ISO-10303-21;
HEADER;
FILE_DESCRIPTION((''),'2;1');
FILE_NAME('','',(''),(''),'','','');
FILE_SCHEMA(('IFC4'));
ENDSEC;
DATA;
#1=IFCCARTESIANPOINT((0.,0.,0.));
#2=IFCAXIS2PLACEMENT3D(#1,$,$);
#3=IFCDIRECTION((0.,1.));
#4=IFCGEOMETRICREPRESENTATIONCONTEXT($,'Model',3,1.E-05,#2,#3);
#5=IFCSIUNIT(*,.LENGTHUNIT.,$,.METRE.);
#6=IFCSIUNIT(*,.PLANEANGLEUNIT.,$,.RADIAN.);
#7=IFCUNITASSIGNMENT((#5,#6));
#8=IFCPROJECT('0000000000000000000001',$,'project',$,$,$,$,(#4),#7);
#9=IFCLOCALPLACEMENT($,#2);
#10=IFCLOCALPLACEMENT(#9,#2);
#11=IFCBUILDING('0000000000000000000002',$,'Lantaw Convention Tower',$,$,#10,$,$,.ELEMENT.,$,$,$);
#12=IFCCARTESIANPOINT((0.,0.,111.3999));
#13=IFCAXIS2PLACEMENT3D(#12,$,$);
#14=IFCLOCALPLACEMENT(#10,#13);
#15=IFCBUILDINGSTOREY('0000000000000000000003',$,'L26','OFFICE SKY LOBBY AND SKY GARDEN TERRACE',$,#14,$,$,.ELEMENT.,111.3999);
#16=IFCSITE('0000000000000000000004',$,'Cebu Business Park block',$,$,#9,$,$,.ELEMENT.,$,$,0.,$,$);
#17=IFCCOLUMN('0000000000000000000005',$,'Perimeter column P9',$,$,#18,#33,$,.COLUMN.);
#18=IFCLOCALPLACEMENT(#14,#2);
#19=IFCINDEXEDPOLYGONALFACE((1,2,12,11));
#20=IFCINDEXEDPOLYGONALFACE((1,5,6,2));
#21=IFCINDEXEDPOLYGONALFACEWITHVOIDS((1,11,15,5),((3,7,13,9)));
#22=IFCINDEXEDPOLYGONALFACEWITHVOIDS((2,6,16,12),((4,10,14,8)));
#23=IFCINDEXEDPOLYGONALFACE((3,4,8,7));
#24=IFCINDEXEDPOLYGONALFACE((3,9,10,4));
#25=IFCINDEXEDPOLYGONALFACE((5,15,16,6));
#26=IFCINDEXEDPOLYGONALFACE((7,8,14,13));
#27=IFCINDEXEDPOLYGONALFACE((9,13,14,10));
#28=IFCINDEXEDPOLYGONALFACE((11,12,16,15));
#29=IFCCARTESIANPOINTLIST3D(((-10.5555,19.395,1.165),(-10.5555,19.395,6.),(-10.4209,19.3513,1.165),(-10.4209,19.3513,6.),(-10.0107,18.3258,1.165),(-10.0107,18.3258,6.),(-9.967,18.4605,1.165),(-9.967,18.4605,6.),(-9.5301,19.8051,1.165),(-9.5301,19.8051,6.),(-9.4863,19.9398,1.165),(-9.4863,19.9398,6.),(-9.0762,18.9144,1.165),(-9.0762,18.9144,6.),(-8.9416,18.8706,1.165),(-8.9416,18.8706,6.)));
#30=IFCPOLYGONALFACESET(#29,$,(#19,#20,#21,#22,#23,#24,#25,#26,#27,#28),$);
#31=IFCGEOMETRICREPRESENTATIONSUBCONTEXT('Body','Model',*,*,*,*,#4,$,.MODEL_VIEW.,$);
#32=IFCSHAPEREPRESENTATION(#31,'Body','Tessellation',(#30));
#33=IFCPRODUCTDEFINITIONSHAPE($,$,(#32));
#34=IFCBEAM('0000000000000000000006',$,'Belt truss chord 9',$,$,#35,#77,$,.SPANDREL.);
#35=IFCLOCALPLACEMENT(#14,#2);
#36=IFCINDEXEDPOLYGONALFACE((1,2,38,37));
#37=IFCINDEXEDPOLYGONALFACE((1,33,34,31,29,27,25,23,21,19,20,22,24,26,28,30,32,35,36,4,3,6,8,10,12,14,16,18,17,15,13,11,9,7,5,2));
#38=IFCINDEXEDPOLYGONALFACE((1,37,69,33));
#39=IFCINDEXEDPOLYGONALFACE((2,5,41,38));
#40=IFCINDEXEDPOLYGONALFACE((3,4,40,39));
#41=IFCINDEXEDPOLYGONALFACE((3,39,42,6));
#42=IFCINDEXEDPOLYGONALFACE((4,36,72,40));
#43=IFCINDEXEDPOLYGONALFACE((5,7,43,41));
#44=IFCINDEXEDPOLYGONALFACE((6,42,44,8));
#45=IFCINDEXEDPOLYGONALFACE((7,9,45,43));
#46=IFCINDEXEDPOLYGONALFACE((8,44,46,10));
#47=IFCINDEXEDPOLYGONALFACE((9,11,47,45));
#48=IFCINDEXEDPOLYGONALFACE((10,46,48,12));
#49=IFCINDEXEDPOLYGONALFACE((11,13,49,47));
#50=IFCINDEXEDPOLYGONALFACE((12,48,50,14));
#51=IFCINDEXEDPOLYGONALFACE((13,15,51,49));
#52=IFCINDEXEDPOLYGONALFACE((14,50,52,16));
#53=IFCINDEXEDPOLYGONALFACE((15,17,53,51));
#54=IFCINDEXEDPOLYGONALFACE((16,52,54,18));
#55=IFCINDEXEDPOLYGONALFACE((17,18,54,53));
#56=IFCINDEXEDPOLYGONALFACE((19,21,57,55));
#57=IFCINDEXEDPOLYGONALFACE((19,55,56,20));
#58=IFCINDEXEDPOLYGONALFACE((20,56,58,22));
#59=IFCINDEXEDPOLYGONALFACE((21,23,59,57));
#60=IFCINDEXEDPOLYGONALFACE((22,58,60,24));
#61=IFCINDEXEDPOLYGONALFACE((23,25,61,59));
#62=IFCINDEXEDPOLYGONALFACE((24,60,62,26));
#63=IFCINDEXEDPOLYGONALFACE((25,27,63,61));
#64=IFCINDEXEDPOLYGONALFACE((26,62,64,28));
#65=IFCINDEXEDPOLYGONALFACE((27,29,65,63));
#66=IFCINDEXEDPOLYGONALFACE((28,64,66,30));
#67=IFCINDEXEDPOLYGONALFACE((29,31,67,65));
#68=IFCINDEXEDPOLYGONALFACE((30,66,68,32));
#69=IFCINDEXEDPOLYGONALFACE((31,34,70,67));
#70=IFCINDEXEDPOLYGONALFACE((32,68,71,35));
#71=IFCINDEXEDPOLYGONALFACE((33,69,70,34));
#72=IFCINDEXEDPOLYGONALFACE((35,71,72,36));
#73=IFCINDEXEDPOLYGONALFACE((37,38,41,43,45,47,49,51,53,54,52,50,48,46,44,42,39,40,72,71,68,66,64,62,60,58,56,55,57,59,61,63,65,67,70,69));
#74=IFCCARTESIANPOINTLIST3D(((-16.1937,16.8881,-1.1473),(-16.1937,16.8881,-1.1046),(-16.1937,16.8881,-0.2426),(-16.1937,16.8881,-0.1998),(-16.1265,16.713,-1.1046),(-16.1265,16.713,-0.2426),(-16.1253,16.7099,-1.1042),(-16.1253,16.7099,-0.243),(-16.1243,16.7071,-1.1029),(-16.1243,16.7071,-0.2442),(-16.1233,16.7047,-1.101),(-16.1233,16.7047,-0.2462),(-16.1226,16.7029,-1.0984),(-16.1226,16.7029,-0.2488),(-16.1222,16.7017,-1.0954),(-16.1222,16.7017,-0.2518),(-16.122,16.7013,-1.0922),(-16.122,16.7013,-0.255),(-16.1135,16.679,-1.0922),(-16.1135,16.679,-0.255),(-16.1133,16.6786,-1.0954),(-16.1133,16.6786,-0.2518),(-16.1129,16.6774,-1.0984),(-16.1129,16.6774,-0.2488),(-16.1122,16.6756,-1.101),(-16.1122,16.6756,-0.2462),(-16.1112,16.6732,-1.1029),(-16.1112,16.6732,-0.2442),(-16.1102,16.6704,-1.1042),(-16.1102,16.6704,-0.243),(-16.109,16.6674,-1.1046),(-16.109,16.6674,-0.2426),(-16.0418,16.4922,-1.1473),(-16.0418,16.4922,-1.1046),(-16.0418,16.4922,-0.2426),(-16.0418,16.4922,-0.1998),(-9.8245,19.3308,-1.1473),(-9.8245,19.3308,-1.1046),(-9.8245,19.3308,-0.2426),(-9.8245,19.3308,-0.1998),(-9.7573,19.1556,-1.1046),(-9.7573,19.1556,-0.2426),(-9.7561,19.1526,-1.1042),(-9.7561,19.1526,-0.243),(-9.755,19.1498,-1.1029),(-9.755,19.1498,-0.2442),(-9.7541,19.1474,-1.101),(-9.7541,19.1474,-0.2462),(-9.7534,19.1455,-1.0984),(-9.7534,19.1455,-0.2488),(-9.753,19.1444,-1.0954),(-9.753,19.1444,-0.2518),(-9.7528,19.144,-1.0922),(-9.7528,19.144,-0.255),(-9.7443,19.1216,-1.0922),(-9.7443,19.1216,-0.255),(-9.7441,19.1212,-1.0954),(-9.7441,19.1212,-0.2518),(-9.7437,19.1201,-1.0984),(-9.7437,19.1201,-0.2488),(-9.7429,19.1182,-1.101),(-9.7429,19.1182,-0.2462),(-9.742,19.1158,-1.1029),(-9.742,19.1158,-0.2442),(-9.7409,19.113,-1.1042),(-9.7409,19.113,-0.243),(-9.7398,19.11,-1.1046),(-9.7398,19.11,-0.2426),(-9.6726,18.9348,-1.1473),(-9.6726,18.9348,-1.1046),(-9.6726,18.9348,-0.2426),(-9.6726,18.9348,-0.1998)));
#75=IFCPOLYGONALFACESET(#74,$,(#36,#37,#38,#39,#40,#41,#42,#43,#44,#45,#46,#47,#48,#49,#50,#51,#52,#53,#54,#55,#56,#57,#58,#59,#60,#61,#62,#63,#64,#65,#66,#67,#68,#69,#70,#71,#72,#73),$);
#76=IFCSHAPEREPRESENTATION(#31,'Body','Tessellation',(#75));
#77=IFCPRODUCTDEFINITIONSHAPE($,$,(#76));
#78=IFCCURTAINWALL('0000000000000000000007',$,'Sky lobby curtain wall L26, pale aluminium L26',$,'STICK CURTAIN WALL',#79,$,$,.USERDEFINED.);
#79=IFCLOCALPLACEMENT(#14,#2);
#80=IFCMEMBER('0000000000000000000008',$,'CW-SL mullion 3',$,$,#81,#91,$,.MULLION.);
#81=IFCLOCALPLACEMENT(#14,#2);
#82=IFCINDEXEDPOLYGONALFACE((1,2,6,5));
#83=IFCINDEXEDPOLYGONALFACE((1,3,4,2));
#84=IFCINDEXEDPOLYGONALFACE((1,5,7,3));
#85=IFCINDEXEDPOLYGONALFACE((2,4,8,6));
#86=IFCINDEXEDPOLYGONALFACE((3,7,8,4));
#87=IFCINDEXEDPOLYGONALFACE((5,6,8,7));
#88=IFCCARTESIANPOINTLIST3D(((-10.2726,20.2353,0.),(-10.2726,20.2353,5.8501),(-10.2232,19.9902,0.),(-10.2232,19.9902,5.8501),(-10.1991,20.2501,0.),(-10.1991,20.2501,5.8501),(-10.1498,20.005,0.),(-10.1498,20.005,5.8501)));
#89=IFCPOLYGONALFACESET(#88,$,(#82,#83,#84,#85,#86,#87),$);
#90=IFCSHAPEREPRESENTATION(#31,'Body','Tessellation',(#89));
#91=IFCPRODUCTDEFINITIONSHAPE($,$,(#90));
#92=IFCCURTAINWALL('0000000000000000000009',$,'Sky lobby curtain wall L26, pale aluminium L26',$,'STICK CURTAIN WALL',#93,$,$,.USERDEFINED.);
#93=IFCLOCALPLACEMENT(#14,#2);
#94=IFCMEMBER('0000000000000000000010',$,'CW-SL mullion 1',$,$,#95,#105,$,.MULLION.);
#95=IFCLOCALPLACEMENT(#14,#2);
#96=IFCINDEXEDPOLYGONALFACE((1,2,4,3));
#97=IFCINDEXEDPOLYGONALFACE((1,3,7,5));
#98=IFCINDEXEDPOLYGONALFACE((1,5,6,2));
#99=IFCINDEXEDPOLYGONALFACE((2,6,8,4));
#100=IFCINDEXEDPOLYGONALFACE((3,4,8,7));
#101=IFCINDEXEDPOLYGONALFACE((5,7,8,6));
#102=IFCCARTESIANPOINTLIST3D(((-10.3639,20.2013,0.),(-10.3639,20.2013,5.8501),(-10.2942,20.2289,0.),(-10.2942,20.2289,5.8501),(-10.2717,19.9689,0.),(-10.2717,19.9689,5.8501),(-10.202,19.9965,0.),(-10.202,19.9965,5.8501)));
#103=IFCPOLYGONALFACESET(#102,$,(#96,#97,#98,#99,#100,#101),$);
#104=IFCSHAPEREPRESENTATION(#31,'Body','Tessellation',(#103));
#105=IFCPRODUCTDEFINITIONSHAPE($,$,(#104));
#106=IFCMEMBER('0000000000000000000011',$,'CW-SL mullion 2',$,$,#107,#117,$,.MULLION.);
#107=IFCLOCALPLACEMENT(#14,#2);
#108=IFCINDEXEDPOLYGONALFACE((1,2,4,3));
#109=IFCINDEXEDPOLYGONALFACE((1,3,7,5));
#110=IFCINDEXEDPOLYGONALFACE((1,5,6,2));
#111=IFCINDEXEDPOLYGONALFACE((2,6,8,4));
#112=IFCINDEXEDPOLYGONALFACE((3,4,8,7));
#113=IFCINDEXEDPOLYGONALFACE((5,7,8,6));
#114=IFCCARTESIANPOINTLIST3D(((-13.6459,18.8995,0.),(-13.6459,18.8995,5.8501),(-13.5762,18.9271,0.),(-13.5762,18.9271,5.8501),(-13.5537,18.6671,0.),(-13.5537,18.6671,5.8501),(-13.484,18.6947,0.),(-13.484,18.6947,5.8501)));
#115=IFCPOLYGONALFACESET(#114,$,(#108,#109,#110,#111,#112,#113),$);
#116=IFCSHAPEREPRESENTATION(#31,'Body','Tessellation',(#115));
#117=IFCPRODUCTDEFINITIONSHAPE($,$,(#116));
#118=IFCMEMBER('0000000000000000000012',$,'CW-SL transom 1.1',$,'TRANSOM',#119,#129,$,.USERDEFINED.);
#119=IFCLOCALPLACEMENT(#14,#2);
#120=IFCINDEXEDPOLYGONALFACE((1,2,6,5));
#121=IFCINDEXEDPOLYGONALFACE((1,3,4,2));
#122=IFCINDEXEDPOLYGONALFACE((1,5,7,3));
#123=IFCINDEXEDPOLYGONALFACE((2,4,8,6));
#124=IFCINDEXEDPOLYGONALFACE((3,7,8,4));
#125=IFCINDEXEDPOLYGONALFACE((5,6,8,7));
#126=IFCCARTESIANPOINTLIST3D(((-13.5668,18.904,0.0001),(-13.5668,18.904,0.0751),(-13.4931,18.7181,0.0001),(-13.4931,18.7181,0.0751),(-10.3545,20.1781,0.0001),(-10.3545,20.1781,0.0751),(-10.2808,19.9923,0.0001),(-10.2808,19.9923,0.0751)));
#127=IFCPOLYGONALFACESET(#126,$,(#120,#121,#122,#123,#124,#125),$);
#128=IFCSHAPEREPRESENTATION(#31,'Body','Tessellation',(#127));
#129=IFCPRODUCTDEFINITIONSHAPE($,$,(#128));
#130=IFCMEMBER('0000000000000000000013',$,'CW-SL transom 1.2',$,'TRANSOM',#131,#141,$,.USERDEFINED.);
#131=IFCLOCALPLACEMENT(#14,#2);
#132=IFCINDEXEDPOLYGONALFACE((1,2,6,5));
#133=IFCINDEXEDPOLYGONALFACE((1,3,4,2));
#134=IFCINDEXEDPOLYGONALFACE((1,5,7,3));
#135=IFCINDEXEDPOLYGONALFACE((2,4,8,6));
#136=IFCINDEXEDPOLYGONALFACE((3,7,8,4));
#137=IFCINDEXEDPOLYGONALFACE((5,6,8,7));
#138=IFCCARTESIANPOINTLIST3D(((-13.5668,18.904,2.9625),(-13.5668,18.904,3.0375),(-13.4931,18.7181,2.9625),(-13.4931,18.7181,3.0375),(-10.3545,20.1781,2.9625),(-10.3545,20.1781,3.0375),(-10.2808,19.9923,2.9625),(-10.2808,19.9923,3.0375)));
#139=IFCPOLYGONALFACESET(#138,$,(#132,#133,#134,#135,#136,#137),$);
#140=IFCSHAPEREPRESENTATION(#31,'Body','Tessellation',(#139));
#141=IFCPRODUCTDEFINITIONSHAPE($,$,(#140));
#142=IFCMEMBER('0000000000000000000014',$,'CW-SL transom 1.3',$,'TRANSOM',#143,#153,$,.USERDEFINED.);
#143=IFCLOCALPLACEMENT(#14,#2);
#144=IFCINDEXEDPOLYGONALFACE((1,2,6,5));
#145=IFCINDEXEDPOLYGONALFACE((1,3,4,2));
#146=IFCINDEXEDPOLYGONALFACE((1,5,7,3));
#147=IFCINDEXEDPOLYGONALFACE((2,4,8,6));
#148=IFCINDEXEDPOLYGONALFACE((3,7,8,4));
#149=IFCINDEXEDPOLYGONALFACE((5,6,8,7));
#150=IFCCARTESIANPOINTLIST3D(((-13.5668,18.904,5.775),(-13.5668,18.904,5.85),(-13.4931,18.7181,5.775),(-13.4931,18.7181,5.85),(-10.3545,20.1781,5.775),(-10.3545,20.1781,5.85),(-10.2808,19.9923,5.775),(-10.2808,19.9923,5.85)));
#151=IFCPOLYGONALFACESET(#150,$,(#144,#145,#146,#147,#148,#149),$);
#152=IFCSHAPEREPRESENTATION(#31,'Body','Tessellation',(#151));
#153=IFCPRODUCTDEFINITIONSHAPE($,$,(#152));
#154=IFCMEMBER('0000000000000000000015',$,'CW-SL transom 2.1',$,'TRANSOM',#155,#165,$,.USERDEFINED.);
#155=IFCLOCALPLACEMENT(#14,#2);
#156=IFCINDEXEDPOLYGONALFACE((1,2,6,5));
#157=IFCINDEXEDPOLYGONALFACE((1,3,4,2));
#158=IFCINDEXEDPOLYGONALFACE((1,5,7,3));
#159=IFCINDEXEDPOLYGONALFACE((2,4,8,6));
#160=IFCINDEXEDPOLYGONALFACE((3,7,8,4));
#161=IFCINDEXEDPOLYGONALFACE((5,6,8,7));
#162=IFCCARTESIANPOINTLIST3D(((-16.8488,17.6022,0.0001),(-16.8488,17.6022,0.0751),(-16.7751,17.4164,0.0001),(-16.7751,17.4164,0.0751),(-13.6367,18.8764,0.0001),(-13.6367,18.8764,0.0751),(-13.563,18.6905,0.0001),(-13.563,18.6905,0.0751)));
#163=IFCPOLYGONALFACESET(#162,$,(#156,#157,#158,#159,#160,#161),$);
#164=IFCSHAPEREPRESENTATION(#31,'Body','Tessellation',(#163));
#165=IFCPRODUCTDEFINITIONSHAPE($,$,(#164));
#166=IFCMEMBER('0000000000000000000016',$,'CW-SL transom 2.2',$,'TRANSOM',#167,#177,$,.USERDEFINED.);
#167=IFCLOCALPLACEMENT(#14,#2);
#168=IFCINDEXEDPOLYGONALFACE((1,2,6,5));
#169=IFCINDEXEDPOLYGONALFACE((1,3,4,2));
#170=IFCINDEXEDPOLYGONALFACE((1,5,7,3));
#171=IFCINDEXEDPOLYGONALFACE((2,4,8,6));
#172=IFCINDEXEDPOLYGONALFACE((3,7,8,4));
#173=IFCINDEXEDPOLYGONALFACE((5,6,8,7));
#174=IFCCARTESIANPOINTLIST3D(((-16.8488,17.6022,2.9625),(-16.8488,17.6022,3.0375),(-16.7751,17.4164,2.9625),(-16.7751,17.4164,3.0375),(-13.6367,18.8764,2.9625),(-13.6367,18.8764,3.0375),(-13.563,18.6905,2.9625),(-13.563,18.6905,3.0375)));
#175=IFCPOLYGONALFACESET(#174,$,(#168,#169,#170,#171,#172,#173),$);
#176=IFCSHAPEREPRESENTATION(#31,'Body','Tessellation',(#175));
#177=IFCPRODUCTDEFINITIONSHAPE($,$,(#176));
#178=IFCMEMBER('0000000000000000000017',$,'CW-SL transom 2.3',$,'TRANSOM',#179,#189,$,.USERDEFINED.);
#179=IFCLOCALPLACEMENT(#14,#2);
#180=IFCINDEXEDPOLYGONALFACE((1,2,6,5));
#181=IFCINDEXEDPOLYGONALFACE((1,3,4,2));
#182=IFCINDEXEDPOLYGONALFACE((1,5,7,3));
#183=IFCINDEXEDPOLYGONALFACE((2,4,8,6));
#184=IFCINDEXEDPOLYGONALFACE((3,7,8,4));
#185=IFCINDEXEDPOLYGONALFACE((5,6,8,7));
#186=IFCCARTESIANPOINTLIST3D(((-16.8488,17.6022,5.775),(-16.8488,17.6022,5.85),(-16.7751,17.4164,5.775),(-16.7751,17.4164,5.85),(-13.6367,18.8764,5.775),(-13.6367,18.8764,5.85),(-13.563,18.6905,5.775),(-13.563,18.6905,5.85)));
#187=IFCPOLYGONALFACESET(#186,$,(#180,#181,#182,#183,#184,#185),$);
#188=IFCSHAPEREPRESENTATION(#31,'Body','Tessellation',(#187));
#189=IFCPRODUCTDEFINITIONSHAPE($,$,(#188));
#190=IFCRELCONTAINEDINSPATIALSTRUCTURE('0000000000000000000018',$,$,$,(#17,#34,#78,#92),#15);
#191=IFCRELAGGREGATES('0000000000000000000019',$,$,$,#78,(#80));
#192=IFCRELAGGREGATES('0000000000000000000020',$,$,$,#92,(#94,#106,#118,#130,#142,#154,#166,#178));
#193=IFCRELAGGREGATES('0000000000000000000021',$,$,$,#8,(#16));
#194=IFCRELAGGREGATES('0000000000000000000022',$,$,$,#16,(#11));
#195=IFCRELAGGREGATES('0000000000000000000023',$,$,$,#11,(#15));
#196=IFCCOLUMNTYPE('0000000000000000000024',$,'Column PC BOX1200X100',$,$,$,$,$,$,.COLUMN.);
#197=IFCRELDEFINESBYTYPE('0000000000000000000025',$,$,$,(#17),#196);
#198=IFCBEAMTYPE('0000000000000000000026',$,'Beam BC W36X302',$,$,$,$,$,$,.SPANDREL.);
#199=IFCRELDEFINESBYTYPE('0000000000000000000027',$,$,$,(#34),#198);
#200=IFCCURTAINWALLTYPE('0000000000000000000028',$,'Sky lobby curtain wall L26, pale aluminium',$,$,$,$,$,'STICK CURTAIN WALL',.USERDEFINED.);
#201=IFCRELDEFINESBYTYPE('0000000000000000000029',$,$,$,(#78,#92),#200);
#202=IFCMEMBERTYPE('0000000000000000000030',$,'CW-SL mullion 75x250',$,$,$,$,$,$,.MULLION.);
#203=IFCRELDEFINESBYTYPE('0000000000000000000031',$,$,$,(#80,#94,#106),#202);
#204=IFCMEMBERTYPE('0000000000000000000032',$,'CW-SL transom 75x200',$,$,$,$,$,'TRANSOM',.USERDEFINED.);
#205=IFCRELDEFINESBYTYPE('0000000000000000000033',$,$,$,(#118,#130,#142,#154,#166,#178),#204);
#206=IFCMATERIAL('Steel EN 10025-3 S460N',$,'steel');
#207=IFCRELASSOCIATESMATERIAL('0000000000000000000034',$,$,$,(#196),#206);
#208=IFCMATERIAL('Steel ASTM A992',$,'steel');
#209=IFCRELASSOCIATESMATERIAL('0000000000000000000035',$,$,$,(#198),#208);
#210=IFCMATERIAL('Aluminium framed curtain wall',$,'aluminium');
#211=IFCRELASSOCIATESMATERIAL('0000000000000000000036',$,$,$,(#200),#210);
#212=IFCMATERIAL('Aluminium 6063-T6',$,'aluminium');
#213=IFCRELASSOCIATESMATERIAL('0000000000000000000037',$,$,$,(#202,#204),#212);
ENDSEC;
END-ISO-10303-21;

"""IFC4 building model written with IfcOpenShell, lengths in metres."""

from ifc_helpers import new_model, si_unit, direction, frame, origin, origin_2d, place, context, subcontext, project, spatial, rectangle, hollow_rectangle, i_section, extrude, material, material_profile, profile_set, type_object, element, aggregate, save


model = new_model("IFC4")

# Units and contexts
model_context = context("Model", 3, precision=1e-05, world=origin(), true_north=direction((0.0, 1.0)))
body_context = subcontext(model_context, "Body", "Model", "MODEL_VIEW")
ifc_project = project(units=[si_unit("LENGTHUNIT", "METRE"), si_unit("PLANEANGLEUNIT", "RADIAN")], contexts=[model_context])

# Site, building, storey
site_placement = place(None, origin())
site = spatial("IfcSite", under=ifc_project, at=site_placement, Name="Cebu Business Park block", CompositionType="ELEMENT", RefElevation=0.0)
building_placement = place(site_placement, origin())
building = spatial("IfcBuilding", under=site, at=building_placement, Name="Lantaw Convention Tower", CompositionType="ELEMENT")
storey_placement = place(building_placement, frame((0.0, 0.0, 111.3999)))
storey = spatial("IfcBuildingStorey", under=building, at=storey_placement, Name="L26", Description="OFFICE SKY LOBBY AND SKY GARDEN TERRACE", CompositionType="ELEMENT", Elevation=111.3999)

# Column
ifc_material_1 = material(Name="Steel EN 10025-3 S460N", Category="steel")
ifc_material_profile_1 = material_profile(ifc_material_1, hollow_rectangle(XDim=1.2, YDim=1.2, WallThickness=0.1001, at=origin_2d()), Name="BOX1200X100")
ifc_material_2 = material(Name="Concrete C60/75", Category="concrete")
ifc_material_profile_2 = material_profile(ifc_material_2, rectangle(XDim=1.0, YDim=1.0, at=origin_2d()), Name="Concrete fill of BOX1200X100")
ifc_profile_set_1 = profile_set([ifc_material_profile_1, ifc_material_profile_2], Name="Steel EN 10025-3 S460N")
column_type = type_object("IfcColumnType", Name="Column PC BOX1200X100", PredefinedType="COLUMN", material=ifc_profile_set_1)
column_placement = place(storey_placement, frame((-9.7485, 19.1328, 1.165), z_axis=(0.0, 0.0, 1.0), x_axis=(0.891007, 0.45399, 0.0)))
element("IfcColumn", 1, at=column_placement, inside=storey, type_object=column_type, Name="Perimeter column P9", PredefinedType="COLUMN", context=body_context, shape_type="SweptSolid", body=[
    extrude(hollow_rectangle(XDim=1.2, YDim=1.2, WallThickness=0.1001, at=origin_2d()), origin(), (0.0, 0.0, 1.0), 4.835),
])

# Beam
ifc_material_3 = material(Name="Steel ASTM A992", Category="steel")
ifc_material_profile_3 = material_profile(ifc_material_3, i_section(OverallWidth=0.4241, OverallDepth=0.9475, WebThickness=0.0239, FlangeThickness=0.0427, FilletRadius=0.0125, at=origin_2d()), Name="W36X302")
ifc_profile_set_2 = profile_set([ifc_material_profile_3], Name="Steel ASTM A992")
beam_type = type_object("IfcBeamType", Name="Beam BC W36X302", PredefinedType="SPANDREL", material=ifc_profile_set_2)
beam_placement = place(storey_placement, frame((-9.7485, 19.1328, -0.6736), z_axis=(-0.933691, -0.35808, 0.0), x_axis=(0.35808, -0.933691, 0.0)))
element("IfcBeam", 2, at=beam_placement, inside=storey, type_object=beam_type, Name="Belt truss chord 9", PredefinedType="SPANDREL", context=body_context, shape_type="SweptSolid", body=[
    extrude(i_section(OverallWidth=0.4241, OverallDepth=0.9475, WebThickness=0.0239, FlangeThickness=0.0427, FilletRadius=0.0125, at=origin_2d()), origin(), (0.0, 0.0, 1.0), 6.8215),
])

# Curtain wall, member
ifc_material_4 = material(Name="Aluminium framed curtain wall", Category="aluminium")
curtain_wall_type = type_object("IfcCurtainWallType", Name="Sky lobby curtain wall L26, pale aluminium", ElementType="STICK CURTAIN WALL", PredefinedType="USERDEFINED", material=ifc_material_4)
curtain_wall_1_placement = place(storey_placement, origin())
curtain_wall_1 = element("IfcCurtainWall", 3, at=curtain_wall_1_placement, inside=storey, type_object=curtain_wall_type, Name="Sky lobby curtain wall L26, pale aluminium L26", ObjectType="STICK CURTAIN WALL", PredefinedType="USERDEFINED")
ifc_material_5 = material(Name="Aluminium 6063-T6", Category="aluminium")
ifc_material_profile_4 = material_profile(ifc_material_5, rectangle(XDim=0.25, YDim=0.075, at=origin_2d()), Name="CW-SL mullion 75x250")
ifc_profile_set_3 = profile_set([ifc_material_profile_4], Name="Aluminium 6063-T6")
member_type_1 = type_object("IfcMemberType", Name="CW-SL mullion 75x250", PredefinedType="MULLION", material=ifc_profile_set_3)
member_1_placement = place(storey_placement, frame((-10.2112, 20.1201, 0.0), z_axis=(0.0, 0.0, 1.0), x_axis=(0.197507, -0.980302, 0.0)))
member_1 = element("IfcMember", 4, at=member_1_placement, type_object=member_type_1, Name="CW-SL mullion 3", PredefinedType="MULLION", context=body_context, shape_type="SweptSolid", body=[
    extrude(rectangle(XDim=0.25, YDim=0.075, at=origin_2d()), origin(), (0.0, 0.0, 1.0), 5.8501),
])

# Curtain wall, members
curtain_wall_2_placement = place(storey_placement, origin())
curtain_wall_2 = element("IfcCurtainWall", 5, at=curtain_wall_2_placement, inside=storey, type_object=curtain_wall_type, Name="Sky lobby curtain wall L26, pale aluminium L26", ObjectType="STICK CURTAIN WALL", PredefinedType="USERDEFINED")
member_2_placement = place(storey_placement, frame((-10.283, 20.0989, 0.0), z_axis=(0.0, 0.0, 1.0), x_axis=(0.368702, -0.929548, 0.0)))
member_2 = element("IfcMember", 6, at=member_2_placement, type_object=member_type_1, Name="CW-SL mullion 1", PredefinedType="MULLION", context=body_context, shape_type="SweptSolid", body=[
    extrude(rectangle(XDim=0.25, YDim=0.075, at=origin_2d()), origin(), (0.0, 0.0, 1.0), 5.8501),
])
member_3_placement = place(storey_placement, frame((-13.5649, 18.7971, 0.0), z_axis=(0.0, 0.0, 1.0), x_axis=(0.368702, -0.929548, 0.0)))
member_3 = element("IfcMember", 7, at=member_3_placement, type_object=member_type_1, Name="CW-SL mullion 2", PredefinedType="MULLION", context=body_context, shape_type="SweptSolid", body=[
    extrude(rectangle(XDim=0.25, YDim=0.075, at=origin_2d()), origin(), (0.0, 0.0, 1.0), 5.8501),
])
ifc_material_profile_5 = material_profile(ifc_material_5, rectangle(XDim=0.2, YDim=0.075, at=origin_2d()), Name="CW-SL transom 75x200")
ifc_profile_set_4 = profile_set([ifc_material_profile_5], Name="Aluminium 6063-T6")
member_type_2 = type_object("IfcMemberType", Name="CW-SL transom 75x200", ElementType="TRANSOM", PredefinedType="USERDEFINED", material=ifc_profile_set_4)
member_4_placement = place(storey_placement, frame((-10.3176, 20.0852, 0.0376), z_axis=(-0.92955, -0.368697, 0.0), x_axis=(0.368697, -0.92955, 0.0)))
member_4 = element("IfcMember", 8, at=member_4_placement, type_object=member_type_2, Name="CW-SL transom 1.1", ObjectType="TRANSOM", PredefinedType="USERDEFINED", context=body_context, shape_type="SweptSolid", body=[
    extrude(rectangle(XDim=0.2, YDim=0.075, at=origin_2d()), origin(), (0.0, 0.0, 1.0), 3.4558),
])
member_5_placement = place(storey_placement, frame((-10.3176, 20.0852, 3.0), z_axis=(-0.92955, -0.368697, 0.0), x_axis=(0.368697, -0.92955, 0.0)))
member_5 = element("IfcMember", 9, at=member_5_placement, type_object=member_type_2, Name="CW-SL transom 1.2", ObjectType="TRANSOM", PredefinedType="USERDEFINED", context=body_context, shape_type="SweptSolid", body=[
    extrude(rectangle(XDim=0.2, YDim=0.075, at=origin_2d()), origin(), (0.0, 0.0, 1.0), 3.4558),
])
member_6_placement = place(storey_placement, frame((-10.3176, 20.0852, 5.8125), z_axis=(-0.92955, -0.368697, 0.0), x_axis=(0.368697, -0.92955, 0.0)))
member_6 = element("IfcMember", 10, at=member_6_placement, type_object=member_type_2, Name="CW-SL transom 1.3", ObjectType="TRANSOM", PredefinedType="USERDEFINED", context=body_context, shape_type="SweptSolid", body=[
    extrude(rectangle(XDim=0.2, YDim=0.075, at=origin_2d()), origin(), (0.0, 0.0, 1.0), 3.4558),
])
member_7_placement = place(storey_placement, frame((-13.5999, 18.7834, 0.0376), z_axis=(-0.92954, -0.368722, 0.0), x_axis=(0.368722, -0.92954, 0.0)))
member_7 = element("IfcMember", 11, at=member_7_placement, type_object=member_type_2, Name="CW-SL transom 2.1", ObjectType="TRANSOM", PredefinedType="USERDEFINED", context=body_context, shape_type="SweptSolid", body=[
    extrude(rectangle(XDim=0.2, YDim=0.075, at=origin_2d()), origin(), (0.0, 0.0, 1.0), 3.4556),
])
member_8_placement = place(storey_placement, frame((-13.5999, 18.7834, 3.0), z_axis=(-0.92954, -0.368722, 0.0), x_axis=(0.368722, -0.92954, 0.0)))
member_8 = element("IfcMember", 12, at=member_8_placement, type_object=member_type_2, Name="CW-SL transom 2.2", ObjectType="TRANSOM", PredefinedType="USERDEFINED", context=body_context, shape_type="SweptSolid", body=[
    extrude(rectangle(XDim=0.2, YDim=0.075, at=origin_2d()), origin(), (0.0, 0.0, 1.0), 3.4556),
])
member_9_placement = place(storey_placement, frame((-13.5999, 18.7834, 5.8125), z_axis=(-0.92954, -0.368722, 0.0), x_axis=(0.368722, -0.92954, 0.0)))
member_9 = element("IfcMember", 13, at=member_9_placement, type_object=member_type_2, Name="CW-SL transom 2.3", ObjectType="TRANSOM", PredefinedType="USERDEFINED", context=body_context, shape_type="SweptSolid", body=[
    extrude(rectangle(XDim=0.2, YDim=0.075, at=origin_2d()), origin(), (0.0, 0.0, 1.0), 3.4556),
])

aggregate(curtain_wall_1, [member_1])
aggregate(curtain_wall_2, [member_2, member_3, member_4, member_5, member_6, member_7, member_8, member_9])

save(model, "model.ifc")
